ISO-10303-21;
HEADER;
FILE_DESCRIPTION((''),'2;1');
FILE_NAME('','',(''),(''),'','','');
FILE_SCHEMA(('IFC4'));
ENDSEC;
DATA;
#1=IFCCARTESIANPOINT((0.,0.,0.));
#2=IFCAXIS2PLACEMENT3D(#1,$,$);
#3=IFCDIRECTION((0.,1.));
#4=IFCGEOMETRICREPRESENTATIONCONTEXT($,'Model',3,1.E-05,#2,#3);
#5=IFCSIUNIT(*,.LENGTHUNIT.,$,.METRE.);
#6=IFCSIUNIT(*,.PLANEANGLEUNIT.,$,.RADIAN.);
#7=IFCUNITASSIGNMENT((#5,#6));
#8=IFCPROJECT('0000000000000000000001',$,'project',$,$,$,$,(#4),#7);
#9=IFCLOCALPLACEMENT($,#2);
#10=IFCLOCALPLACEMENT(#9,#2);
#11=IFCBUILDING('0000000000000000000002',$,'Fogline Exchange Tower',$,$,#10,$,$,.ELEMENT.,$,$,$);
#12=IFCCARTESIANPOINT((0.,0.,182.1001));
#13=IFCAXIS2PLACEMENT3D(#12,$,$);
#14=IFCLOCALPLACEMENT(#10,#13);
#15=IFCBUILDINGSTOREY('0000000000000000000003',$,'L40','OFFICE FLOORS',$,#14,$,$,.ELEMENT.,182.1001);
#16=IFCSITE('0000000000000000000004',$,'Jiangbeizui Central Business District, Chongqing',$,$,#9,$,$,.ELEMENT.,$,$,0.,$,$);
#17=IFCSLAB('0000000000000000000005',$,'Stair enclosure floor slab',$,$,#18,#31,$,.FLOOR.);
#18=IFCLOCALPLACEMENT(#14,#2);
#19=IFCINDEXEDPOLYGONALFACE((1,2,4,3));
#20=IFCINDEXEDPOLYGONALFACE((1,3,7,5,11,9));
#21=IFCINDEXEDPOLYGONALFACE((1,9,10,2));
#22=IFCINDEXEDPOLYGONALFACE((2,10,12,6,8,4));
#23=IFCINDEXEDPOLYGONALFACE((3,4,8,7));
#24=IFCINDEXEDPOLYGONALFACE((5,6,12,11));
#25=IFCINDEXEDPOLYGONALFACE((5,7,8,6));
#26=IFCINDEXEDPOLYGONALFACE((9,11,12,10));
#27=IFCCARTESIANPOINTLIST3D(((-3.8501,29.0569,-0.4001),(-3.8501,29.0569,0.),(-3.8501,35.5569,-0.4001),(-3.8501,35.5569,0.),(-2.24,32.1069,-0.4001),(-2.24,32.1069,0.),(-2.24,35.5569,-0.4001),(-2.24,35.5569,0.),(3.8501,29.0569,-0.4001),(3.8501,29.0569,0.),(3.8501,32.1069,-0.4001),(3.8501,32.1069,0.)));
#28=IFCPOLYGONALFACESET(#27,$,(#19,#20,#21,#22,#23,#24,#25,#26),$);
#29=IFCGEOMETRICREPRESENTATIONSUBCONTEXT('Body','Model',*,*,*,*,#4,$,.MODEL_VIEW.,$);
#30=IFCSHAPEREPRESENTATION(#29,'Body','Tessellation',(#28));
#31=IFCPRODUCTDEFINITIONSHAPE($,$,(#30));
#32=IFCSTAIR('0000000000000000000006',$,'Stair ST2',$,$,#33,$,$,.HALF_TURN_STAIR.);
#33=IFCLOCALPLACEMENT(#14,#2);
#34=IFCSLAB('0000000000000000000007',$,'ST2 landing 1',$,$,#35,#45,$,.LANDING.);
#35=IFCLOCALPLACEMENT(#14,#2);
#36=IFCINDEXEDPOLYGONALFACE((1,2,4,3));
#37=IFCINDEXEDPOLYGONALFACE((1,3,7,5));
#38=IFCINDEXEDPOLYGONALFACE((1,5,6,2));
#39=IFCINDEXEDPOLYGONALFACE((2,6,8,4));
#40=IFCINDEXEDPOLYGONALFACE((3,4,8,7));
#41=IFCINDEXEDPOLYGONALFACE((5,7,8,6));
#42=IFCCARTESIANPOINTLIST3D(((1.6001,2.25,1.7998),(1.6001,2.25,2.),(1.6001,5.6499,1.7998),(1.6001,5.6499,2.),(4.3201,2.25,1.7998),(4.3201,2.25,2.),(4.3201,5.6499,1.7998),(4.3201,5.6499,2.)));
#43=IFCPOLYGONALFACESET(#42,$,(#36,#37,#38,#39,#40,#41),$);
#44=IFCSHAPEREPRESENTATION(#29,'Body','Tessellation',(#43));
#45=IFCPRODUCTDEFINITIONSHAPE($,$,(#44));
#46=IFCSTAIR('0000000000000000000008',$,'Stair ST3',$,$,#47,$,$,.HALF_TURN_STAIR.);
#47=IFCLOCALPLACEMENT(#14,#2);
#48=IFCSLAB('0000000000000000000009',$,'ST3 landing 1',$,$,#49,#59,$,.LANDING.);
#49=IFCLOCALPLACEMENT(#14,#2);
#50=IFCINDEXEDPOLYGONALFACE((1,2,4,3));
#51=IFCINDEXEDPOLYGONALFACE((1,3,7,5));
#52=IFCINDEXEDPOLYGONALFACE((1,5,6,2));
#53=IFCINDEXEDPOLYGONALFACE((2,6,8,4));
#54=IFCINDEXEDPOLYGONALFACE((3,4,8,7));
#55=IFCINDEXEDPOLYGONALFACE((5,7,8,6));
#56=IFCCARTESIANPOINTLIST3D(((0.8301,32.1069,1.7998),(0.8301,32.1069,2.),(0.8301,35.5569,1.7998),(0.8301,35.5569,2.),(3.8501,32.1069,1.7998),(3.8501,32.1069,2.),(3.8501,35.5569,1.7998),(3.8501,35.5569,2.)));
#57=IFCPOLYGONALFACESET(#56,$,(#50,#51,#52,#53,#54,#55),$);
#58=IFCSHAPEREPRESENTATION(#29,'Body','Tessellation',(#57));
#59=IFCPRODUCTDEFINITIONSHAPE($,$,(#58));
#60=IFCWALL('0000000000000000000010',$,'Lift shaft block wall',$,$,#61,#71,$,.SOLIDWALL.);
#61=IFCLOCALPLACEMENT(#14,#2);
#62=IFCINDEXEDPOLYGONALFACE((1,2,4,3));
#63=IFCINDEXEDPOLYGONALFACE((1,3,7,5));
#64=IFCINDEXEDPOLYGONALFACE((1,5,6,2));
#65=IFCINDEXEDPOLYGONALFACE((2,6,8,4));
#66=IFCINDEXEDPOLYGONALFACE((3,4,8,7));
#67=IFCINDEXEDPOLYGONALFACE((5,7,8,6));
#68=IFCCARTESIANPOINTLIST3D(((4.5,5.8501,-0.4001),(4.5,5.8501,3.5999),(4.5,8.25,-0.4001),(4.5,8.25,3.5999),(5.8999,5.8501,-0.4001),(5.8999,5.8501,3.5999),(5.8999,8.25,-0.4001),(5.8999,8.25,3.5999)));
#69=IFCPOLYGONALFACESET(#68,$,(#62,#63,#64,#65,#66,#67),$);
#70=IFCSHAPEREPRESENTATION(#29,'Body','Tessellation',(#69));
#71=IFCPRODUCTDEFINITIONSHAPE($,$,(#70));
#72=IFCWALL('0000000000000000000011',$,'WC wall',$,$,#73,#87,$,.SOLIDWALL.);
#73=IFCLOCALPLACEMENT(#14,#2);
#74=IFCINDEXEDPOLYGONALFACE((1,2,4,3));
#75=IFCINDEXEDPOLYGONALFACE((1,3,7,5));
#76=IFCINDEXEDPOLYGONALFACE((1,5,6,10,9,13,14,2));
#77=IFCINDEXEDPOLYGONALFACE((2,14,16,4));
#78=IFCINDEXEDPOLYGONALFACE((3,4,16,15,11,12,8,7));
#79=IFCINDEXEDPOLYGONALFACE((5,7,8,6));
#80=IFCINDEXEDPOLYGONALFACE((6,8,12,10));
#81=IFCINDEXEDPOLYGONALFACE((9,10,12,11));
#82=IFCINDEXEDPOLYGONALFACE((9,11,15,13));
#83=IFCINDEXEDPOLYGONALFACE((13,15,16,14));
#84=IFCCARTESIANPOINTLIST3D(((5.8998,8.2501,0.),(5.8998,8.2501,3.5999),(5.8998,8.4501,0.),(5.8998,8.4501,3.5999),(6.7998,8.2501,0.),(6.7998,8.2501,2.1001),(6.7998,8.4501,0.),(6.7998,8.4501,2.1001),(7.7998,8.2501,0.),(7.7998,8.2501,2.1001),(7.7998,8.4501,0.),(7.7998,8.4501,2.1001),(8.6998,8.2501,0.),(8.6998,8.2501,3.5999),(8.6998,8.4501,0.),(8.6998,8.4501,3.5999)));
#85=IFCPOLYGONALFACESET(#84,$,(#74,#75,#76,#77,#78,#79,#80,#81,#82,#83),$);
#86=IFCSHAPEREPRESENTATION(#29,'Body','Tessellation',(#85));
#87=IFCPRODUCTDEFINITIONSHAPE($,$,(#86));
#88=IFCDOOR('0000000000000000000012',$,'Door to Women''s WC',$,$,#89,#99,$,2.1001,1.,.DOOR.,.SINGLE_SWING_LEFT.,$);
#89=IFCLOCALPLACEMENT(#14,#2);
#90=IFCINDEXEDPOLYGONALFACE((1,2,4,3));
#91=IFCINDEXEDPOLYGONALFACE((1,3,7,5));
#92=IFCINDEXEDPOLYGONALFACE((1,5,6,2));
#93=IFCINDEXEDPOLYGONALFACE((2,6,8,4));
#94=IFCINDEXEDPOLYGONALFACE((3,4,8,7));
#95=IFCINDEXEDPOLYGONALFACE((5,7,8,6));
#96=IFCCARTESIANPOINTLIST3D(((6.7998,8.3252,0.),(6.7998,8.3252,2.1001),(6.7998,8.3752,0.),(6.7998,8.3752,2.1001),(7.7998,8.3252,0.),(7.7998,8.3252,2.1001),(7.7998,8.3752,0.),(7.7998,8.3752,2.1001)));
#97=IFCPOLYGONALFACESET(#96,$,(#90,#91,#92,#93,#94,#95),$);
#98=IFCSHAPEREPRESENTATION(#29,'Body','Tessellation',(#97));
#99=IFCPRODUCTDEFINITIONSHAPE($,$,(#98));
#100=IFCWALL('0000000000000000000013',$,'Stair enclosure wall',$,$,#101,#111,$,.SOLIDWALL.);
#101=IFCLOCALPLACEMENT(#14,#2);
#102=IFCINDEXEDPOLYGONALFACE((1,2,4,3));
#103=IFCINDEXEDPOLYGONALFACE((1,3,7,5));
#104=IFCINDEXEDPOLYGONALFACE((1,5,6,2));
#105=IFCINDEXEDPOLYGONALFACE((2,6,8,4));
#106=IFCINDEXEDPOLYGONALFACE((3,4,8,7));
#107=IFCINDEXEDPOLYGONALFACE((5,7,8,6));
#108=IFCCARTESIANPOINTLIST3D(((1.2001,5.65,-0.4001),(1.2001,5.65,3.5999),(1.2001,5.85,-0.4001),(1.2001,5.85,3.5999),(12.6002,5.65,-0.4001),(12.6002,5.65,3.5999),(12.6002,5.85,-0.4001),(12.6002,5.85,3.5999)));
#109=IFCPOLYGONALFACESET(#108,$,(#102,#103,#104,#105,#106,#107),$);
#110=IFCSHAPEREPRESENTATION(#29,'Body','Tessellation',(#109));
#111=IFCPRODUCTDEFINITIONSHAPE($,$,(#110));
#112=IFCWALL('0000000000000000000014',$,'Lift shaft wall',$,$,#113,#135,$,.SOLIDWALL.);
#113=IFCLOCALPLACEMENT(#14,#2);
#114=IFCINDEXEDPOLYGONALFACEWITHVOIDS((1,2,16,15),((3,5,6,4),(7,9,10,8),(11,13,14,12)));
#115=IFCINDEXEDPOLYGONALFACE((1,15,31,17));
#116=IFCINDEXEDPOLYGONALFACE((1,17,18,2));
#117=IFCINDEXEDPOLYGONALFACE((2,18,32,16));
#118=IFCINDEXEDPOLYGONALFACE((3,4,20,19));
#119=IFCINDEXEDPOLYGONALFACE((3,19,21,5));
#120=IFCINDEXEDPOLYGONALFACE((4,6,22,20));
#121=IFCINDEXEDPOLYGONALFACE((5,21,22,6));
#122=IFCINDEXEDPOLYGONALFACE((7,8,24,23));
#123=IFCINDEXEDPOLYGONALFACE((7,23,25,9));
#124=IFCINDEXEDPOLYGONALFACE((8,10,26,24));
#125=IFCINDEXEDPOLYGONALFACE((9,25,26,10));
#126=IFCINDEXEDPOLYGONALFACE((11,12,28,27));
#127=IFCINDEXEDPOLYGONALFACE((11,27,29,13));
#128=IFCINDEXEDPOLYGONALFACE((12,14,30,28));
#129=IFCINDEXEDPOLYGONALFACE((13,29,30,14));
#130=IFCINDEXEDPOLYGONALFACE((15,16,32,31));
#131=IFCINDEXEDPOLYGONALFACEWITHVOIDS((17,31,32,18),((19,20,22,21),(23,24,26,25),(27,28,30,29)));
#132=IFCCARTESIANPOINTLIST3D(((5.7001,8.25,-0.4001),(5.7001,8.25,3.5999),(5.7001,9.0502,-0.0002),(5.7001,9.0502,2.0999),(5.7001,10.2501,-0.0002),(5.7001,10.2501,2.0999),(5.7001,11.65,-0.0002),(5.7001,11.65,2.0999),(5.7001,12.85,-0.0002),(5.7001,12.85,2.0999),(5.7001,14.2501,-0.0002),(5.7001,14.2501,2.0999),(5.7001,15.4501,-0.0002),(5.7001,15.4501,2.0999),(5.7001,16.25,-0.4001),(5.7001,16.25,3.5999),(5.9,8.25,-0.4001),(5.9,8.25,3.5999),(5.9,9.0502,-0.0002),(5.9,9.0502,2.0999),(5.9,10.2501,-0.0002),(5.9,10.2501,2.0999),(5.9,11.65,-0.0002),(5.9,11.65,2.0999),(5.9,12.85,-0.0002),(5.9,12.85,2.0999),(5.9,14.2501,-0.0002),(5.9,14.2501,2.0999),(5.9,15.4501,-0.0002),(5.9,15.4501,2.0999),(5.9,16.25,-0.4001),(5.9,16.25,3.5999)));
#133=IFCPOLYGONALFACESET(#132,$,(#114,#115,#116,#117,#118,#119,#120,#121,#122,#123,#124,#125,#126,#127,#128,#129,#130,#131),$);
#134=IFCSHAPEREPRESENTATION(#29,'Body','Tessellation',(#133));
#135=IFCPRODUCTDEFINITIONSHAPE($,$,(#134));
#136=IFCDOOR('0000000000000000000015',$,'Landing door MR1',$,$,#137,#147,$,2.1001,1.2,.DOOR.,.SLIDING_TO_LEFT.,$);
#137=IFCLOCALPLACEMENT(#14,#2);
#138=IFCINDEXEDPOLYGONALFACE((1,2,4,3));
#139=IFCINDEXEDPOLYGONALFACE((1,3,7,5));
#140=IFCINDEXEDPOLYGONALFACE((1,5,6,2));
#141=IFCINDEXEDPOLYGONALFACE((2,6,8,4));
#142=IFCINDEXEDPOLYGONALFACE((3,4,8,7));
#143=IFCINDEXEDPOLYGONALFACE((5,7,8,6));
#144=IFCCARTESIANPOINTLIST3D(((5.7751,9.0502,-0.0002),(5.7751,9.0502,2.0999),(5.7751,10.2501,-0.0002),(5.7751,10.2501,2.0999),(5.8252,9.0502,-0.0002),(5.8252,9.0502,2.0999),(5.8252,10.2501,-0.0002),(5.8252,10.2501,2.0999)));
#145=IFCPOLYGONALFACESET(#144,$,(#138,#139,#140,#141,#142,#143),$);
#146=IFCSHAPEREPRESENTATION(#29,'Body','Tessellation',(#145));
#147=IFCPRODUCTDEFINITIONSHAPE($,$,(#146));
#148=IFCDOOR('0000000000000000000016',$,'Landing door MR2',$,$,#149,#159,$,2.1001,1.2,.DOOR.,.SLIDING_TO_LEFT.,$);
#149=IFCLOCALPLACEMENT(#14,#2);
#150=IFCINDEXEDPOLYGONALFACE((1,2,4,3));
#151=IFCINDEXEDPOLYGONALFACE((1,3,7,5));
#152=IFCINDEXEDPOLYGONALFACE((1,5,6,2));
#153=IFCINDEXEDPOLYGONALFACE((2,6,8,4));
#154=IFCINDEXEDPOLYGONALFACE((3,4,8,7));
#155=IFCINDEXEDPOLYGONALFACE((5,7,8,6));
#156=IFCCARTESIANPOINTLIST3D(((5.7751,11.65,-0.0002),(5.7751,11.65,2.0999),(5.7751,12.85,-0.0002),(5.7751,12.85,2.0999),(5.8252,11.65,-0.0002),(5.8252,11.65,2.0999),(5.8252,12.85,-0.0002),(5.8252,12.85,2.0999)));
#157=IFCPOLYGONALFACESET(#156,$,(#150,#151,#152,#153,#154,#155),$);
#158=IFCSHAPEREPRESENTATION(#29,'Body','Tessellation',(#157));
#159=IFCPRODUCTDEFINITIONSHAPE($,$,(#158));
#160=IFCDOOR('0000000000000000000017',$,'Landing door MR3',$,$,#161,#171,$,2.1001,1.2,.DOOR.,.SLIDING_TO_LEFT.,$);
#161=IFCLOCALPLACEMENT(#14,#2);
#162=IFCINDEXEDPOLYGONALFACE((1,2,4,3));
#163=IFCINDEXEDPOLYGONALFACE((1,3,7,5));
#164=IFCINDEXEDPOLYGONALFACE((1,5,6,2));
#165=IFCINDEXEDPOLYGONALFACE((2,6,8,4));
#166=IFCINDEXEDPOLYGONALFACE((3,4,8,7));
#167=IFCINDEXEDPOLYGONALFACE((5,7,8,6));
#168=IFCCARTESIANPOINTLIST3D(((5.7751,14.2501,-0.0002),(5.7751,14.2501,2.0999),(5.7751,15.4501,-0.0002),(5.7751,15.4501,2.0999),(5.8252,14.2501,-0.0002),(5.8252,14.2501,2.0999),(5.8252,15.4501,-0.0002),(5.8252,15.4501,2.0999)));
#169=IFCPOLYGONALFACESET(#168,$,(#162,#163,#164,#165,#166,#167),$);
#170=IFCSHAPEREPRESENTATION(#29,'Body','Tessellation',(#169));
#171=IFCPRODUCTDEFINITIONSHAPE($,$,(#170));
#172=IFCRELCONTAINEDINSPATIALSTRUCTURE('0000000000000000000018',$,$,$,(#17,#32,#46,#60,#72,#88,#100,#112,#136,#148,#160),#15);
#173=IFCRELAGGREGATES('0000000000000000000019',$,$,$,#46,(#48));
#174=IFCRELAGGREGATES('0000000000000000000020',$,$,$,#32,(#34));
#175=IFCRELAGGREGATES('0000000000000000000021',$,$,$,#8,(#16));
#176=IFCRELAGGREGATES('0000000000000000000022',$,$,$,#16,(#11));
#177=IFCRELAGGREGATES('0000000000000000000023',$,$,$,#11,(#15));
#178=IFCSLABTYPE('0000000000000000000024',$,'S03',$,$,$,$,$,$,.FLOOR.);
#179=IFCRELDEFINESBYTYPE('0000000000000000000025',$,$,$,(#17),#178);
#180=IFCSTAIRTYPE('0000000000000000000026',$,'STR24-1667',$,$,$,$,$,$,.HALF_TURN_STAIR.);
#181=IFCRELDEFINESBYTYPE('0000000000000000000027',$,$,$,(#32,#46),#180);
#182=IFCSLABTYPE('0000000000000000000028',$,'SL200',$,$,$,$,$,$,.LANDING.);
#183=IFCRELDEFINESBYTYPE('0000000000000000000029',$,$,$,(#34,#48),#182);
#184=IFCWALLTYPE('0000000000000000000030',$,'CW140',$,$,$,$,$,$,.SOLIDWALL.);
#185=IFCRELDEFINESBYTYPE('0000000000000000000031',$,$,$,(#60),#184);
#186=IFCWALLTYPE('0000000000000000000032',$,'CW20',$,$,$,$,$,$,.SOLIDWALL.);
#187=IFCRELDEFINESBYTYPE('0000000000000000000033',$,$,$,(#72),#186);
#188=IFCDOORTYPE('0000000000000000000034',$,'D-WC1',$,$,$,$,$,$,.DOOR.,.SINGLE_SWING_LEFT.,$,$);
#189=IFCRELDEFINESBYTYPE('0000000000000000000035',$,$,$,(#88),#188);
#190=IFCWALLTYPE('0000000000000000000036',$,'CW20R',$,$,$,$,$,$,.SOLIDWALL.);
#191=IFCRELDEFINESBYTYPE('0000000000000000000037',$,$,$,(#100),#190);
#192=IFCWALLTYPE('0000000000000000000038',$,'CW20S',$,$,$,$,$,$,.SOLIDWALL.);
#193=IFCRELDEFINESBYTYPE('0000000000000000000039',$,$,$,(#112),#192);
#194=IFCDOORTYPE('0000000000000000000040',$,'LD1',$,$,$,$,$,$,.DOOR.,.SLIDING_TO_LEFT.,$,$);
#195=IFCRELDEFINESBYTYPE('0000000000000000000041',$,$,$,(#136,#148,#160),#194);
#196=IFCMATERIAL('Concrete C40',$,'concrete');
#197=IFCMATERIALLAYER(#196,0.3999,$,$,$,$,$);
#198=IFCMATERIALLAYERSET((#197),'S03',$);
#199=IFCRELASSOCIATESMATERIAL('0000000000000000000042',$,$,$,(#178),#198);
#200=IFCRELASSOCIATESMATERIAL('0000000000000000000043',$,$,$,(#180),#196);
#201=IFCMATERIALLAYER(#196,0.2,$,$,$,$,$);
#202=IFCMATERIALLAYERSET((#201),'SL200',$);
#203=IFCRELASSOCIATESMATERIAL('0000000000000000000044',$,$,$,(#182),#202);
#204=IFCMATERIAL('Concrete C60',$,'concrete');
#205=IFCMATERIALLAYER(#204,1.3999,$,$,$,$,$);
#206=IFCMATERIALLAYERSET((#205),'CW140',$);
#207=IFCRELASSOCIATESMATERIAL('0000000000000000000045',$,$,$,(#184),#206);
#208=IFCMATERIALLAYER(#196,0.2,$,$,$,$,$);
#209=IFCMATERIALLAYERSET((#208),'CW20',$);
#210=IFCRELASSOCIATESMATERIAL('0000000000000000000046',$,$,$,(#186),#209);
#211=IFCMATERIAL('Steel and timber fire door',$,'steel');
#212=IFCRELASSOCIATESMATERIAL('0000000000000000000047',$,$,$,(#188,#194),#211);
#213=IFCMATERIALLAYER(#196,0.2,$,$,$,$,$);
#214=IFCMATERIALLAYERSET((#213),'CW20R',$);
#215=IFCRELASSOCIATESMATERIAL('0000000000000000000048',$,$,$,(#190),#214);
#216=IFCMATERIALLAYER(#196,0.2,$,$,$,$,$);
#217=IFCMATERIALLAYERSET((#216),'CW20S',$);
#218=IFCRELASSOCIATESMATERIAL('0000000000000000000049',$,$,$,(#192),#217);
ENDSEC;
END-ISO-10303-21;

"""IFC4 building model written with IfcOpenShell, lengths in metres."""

from ifc_helpers import new_model, si_unit, direction, frame, frame_2d, origin, place, context, subcontext, project, spatial, polyline, rectangle, outline, extrude, material, layer, layer_set, type_object, element, fill, aggregate, save


model = new_model("IFC4")

# Units and contexts
model_context = context("Model", 3, precision=1e-05, world=origin(), true_north=direction((0.0, 1.0)))
body_context = subcontext(model_context, "Body", "Model", "MODEL_VIEW")
ifc_project = project(units=[si_unit("LENGTHUNIT", "METRE"), si_unit("PLANEANGLEUNIT", "RADIAN")], contexts=[model_context])

# Site, building, storey
site_placement = place(None, origin())
site = spatial("IfcSite", under=ifc_project, at=site_placement, Name="Jiangbeizui Central Business District, Chongqing", CompositionType="ELEMENT", RefElevation=0.0)
building_placement = place(site_placement, origin())
building = spatial("IfcBuilding", under=site, at=building_placement, Name="Fogline Exchange Tower", CompositionType="ELEMENT")
storey_placement = place(building_placement, frame((0.0, 0.0, 182.1001)))
storey = spatial("IfcBuildingStorey", under=building, at=storey_placement, Name="L40", Description="OFFICE FLOORS", CompositionType="ELEMENT", Elevation=182.1001)

# Slab
ifc_material_1 = material(Name="Concrete C40", Category="concrete")
ifc_layer_1 = layer(ifc_material_1, 0.3999)
ifc_layer_set_1 = layer_set([ifc_layer_1], Name="S03")
slab_type_1 = type_object("IfcSlabType", Name="S03", PredefinedType="FLOOR", material=ifc_layer_set_1)
slab_1_placement = place(storey_placement, frame((0.0, 0.0, -0.4001)))
element("IfcSlab", 1, at=slab_1_placement, inside=storey, type_object=slab_type_1, Name="Stair enclosure floor slab", PredefinedType="FLOOR", context=body_context, shape_type="SweptSolid", body=[
    extrude(outline(polyline([(3.8501, 29.0569), (-3.8501, 29.0569), (-3.8501, 35.5569), (-2.24, 35.5569), (-2.24, 32.1069), (3.8501, 32.1069), (3.8501, 29.0569)])), origin(), (0.0, 0.0, 1.0), 0.4001),
])

# Stairs, slabs
stair_type = type_object("IfcStairType", Name="STR24-1667", PredefinedType="HALF_TURN_STAIR", material=ifc_material_1)
stair_1_placement = place(storey_placement, origin())
stair_1 = element("IfcStair", 2, at=stair_1_placement, inside=storey, type_object=stair_type, Name="Stair ST2", PredefinedType="HALF_TURN_STAIR")
ifc_layer_2 = layer(ifc_material_1, 0.2)
ifc_layer_set_2 = layer_set([ifc_layer_2], Name="SL200")
slab_type_2 = type_object("IfcSlabType", Name="SL200", PredefinedType="LANDING", material=ifc_layer_set_2)
slab_2_placement = place(storey_placement, frame((0.0, 0.0, 1.7998)))
slab_2 = element("IfcSlab", 3, at=slab_2_placement, type_object=slab_type_2, Name="ST2 landing 1", PredefinedType="LANDING", context=body_context, shape_type="SweptSolid", body=[
    extrude(outline(polyline([(1.6001, 2.25), (4.3201, 2.25), (4.3201, 5.6499), (1.6001, 5.6499), (1.6001, 2.25)])), origin(), (0.0, 0.0, 1.0), 0.2002),
])
stair_2_placement = place(storey_placement, origin())
stair_2 = element("IfcStair", 4, at=stair_2_placement, inside=storey, type_object=stair_type, Name="Stair ST3", PredefinedType="HALF_TURN_STAIR")
slab_3_placement = place(storey_placement, frame((0.0, 0.0, 1.7998)))
slab_3 = element("IfcSlab", 5, at=slab_3_placement, type_object=slab_type_2, Name="ST3 landing 1", PredefinedType="LANDING", context=body_context, shape_type="SweptSolid", body=[
    extrude(outline(polyline([(0.8301, 32.1069), (3.8501, 32.1069), (3.8501, 35.5569), (0.8301, 35.5569), (0.8301, 32.1069)])), origin(), (0.0, 0.0, 1.0), 0.2002),
])
aggregate(stair_2, [slab_3])

# Wall
ifc_material_2 = material(Name="Concrete C60", Category="concrete")
ifc_layer_3 = layer(ifc_material_2, 1.3999)
ifc_layer_set_3 = layer_set([ifc_layer_3], Name="CW140")
wall_type_1 = type_object("IfcWallType", Name="CW140", PredefinedType="SOLIDWALL", material=ifc_layer_set_3)
wall_1_placement = place(storey_placement, frame((5.2, 5.8501, -0.4001), z_axis=(0.0, 0.0, 1.0), x_axis=(0.0, 1.0, 0.0)))
element("IfcWall", 6, at=wall_1_placement, inside=storey, type_object=wall_type_1, Name="Lift shaft block wall", PredefinedType="SOLIDWALL", context=body_context, shape_type="SweptSolid", body=[
    extrude(rectangle(XDim=2.3999, YDim=1.3999, at=frame_2d((1.2, 0.0))), origin(), (0.0, 0.0, 1.0), 4.0),
])

# Wall, opening, door
ifc_layer_4 = layer(ifc_material_1, 0.2)
ifc_layer_set_4 = layer_set([ifc_layer_4], Name="CW20")
wall_type_2 = type_object("IfcWallType", Name="CW20", PredefinedType="SOLIDWALL", material=ifc_layer_set_4)
wall_2_placement = place(storey_placement, frame((5.8999, 8.3501, 0.0), z_axis=(0.0, 0.0, 1.0), x_axis=(1.0, 0.0, 0.0)))
wall_2 = element("IfcWall", 7, at=wall_2_placement, inside=storey, type_object=wall_type_2, Name="WC wall", PredefinedType="SOLIDWALL", context=body_context, shape_type="SweptSolid", body=[
    extrude(rectangle(XDim=2.8, YDim=0.2, at=frame_2d((1.3999, 0.0))), origin(), (0.0, 0.0, 1.0), 3.5999),
])
opening_1_placement = place(wall_2_placement, frame((0.8999, 0.0, 0.0)))
opening_1 = element("IfcOpeningElement", 8, at=opening_1_placement, cuts=wall_2, PredefinedType="OPENING", context=body_context, shape_type="SweptSolid", body=[
    extrude(rectangle(XDim=1.0, YDim=2.1001, at=frame_2d((0.5, 1.05))), frame((0.0, 0.1099, 0.0), z_axis=(0.0, -1.0, 0.0), x_axis=(1.0, 0.0, 0.0)), (0.0, 0.0, 1.0), 0.22),
])
ifc_material_3 = material(Name="Steel and timber fire door", Category="steel")
door_type_1 = type_object("IfcDoorType", Name="D-WC1", OperationType="SINGLE_SWING_LEFT", PredefinedType="DOOR", material=ifc_material_3)
door_1_placement = place(opening_1_placement, frame((1.0, 0.0, 0.0), z_axis=(0.0, 0.0, 1.0), x_axis=(-1.0, 0.0, 0.0)))
door_1 = element("IfcDoor", 9, at=door_1_placement, inside=storey, type_object=door_type_1, Name="Door to Women's WC", OperationType="SINGLE_SWING_LEFT", OverallHeight=2.1001, OverallWidth=1.0, PredefinedType="DOOR", context=body_context, shape_type="SweptSolid", body=[
    extrude(rectangle(XDim=1.0, YDim=2.1001, at=frame_2d((0.5, 1.05))), frame((0.0, 0.0249, 0.0), z_axis=(0.0, -1.0, 0.0), x_axis=(1.0, 0.0, 0.0)), (0.0, 0.0, 1.0), 0.05),
])
fill(opening_1, door_1)

# Wall
ifc_layer_5 = layer(ifc_material_1, 0.2)
ifc_layer_set_5 = layer_set([ifc_layer_5], Name="CW20R")
wall_type_3 = type_object("IfcWallType", Name="CW20R", PredefinedType="SOLIDWALL", material=ifc_layer_set_5)
wall_3_placement = place(storey_placement, frame((1.2, 5.75, -0.4001), z_axis=(0.0, 0.0, 1.0), x_axis=(1.0, 0.0, 0.0)))
element("IfcWall", 10, at=wall_3_placement, inside=storey, type_object=wall_type_3, Name="Stair enclosure wall", PredefinedType="SOLIDWALL", context=body_context, shape_type="SweptSolid", body=[
    extrude(rectangle(XDim=11.4001, YDim=0.2, at=frame_2d((5.7002, 0.0))), origin(), (0.0, 0.0, 1.0), 4.0),
])

# Wall, openings, doors
ifc_layer_6 = layer(ifc_material_1, 0.2)
ifc_layer_set_6 = layer_set([ifc_layer_6], Name="CW20S")
wall_type_4 = type_object("IfcWallType", Name="CW20S", PredefinedType="SOLIDWALL", material=ifc_layer_set_6)
wall_4_placement = place(storey_placement, frame((5.8, 8.25, -0.4001), z_axis=(0.0, 0.0, 1.0), x_axis=(0.0, 1.0, 0.0)))
wall_4 = element("IfcWall", 11, at=wall_4_placement, inside=storey, type_object=wall_type_4, Name="Lift shaft wall", PredefinedType="SOLIDWALL", context=body_context, shape_type="SweptSolid", body=[
    extrude(rectangle(XDim=8.0, YDim=0.2, at=frame_2d((4.0, 0.0))), origin(), (0.0, 0.0, 1.0), 4.0),
])
opening_2_placement = place(wall_4_placement, frame((0.8, 0.0, 0.3999)))
opening_2 = element("IfcOpeningElement", 12, at=opening_2_placement, cuts=wall_4, PredefinedType="OPENING", context=body_context, shape_type="SweptSolid", body=[
    extrude(rectangle(XDim=1.2, YDim=2.1001, at=frame_2d((0.6001, 1.05))), frame((0.0, 0.1099, 0.0), z_axis=(0.0, -1.0, 0.0), x_axis=(1.0, 0.0, 0.0)), (0.0, 0.0, 1.0), 0.22),
])
opening_3_placement = place(wall_4_placement, frame((3.3999, 0.0, 0.3999)))
opening_3 = element("IfcOpeningElement", 13, at=opening_3_placement, cuts=wall_4, PredefinedType="OPENING", context=body_context, shape_type="SweptSolid", body=[
    extrude(rectangle(XDim=1.2, YDim=2.1001, at=frame_2d((0.6001, 1.05))), frame((0.0, 0.1099, 0.0), z_axis=(0.0, -1.0, 0.0), x_axis=(1.0, 0.0, 0.0)), (0.0, 0.0, 1.0), 0.22),
])
opening_4_placement = place(wall_4_placement, frame((6.0, 0.0, 0.3999)))
opening_4 = element("IfcOpeningElement", 14, at=opening_4_placement, cuts=wall_4, PredefinedType="OPENING", context=body_context, shape_type="SweptSolid", body=[
    extrude(rectangle(XDim=1.2, YDim=2.1001, at=frame_2d((0.6001, 1.05))), frame((0.0, 0.1099, 0.0), z_axis=(0.0, -1.0, 0.0), x_axis=(1.0, 0.0, 0.0)), (0.0, 0.0, 1.0), 0.22),
])
door_type_2 = type_object("IfcDoorType", Name="LD1", OperationType="SLIDING_TO_LEFT", PredefinedType="DOOR", material=ifc_material_3)
door_2_placement = place(opening_2_placement, origin())
door_2 = element("IfcDoor", 15, at=door_2_placement, inside=storey, type_object=door_type_2, Name="Landing door MR1", OperationType="SLIDING_TO_LEFT", OverallHeight=2.1001, OverallWidth=1.2, PredefinedType="DOOR", context=body_context, shape_type="SweptSolid", body=[
    extrude(rectangle(XDim=1.2, YDim=2.1001, at=frame_2d((0.6001, 1.05))), frame((0.0, 0.0249, 0.0), z_axis=(0.0, -1.0, 0.0), x_axis=(1.0, 0.0, 0.0)), (0.0, 0.0, 1.0), 0.05),
])
fill(opening_2, door_2)
door_3_placement = place(opening_3_placement, origin())
door_3 = element("IfcDoor", 16, at=door_3_placement, inside=storey, type_object=door_type_2, Name="Landing door MR2", OperationType="SLIDING_TO_LEFT", OverallHeight=2.1001, OverallWidth=1.2, PredefinedType="DOOR", context=body_context, shape_type="SweptSolid", body=[
    extrude(rectangle(XDim=1.2, YDim=2.1001, at=frame_2d((0.6001, 1.05))), frame((0.0, 0.0249, 0.0), z_axis=(0.0, -1.0, 0.0), x_axis=(1.0, 0.0, 0.0)), (0.0, 0.0, 1.0), 0.05),
])
fill(opening_3, door_3)
door_4_placement = place(opening_4_placement, origin())
door_4 = element("IfcDoor", 17, at=door_4_placement, inside=storey, type_object=door_type_2, Name="Landing door MR3", OperationType="SLIDING_TO_LEFT", OverallHeight=2.1001, OverallWidth=1.2, PredefinedType="DOOR", context=body_context, shape_type="SweptSolid", body=[
    extrude(rectangle(XDim=1.2, YDim=2.1001, at=frame_2d((0.6001, 1.05))), frame((0.0, 0.0249, 0.0), z_axis=(0.0, -1.0, 0.0), x_axis=(1.0, 0.0, 0.0)), (0.0, 0.0, 1.0), 0.05),
])
fill(opening_4, door_4)

aggregate(stair_1, [slab_2])

save(model, "model.ifc")
